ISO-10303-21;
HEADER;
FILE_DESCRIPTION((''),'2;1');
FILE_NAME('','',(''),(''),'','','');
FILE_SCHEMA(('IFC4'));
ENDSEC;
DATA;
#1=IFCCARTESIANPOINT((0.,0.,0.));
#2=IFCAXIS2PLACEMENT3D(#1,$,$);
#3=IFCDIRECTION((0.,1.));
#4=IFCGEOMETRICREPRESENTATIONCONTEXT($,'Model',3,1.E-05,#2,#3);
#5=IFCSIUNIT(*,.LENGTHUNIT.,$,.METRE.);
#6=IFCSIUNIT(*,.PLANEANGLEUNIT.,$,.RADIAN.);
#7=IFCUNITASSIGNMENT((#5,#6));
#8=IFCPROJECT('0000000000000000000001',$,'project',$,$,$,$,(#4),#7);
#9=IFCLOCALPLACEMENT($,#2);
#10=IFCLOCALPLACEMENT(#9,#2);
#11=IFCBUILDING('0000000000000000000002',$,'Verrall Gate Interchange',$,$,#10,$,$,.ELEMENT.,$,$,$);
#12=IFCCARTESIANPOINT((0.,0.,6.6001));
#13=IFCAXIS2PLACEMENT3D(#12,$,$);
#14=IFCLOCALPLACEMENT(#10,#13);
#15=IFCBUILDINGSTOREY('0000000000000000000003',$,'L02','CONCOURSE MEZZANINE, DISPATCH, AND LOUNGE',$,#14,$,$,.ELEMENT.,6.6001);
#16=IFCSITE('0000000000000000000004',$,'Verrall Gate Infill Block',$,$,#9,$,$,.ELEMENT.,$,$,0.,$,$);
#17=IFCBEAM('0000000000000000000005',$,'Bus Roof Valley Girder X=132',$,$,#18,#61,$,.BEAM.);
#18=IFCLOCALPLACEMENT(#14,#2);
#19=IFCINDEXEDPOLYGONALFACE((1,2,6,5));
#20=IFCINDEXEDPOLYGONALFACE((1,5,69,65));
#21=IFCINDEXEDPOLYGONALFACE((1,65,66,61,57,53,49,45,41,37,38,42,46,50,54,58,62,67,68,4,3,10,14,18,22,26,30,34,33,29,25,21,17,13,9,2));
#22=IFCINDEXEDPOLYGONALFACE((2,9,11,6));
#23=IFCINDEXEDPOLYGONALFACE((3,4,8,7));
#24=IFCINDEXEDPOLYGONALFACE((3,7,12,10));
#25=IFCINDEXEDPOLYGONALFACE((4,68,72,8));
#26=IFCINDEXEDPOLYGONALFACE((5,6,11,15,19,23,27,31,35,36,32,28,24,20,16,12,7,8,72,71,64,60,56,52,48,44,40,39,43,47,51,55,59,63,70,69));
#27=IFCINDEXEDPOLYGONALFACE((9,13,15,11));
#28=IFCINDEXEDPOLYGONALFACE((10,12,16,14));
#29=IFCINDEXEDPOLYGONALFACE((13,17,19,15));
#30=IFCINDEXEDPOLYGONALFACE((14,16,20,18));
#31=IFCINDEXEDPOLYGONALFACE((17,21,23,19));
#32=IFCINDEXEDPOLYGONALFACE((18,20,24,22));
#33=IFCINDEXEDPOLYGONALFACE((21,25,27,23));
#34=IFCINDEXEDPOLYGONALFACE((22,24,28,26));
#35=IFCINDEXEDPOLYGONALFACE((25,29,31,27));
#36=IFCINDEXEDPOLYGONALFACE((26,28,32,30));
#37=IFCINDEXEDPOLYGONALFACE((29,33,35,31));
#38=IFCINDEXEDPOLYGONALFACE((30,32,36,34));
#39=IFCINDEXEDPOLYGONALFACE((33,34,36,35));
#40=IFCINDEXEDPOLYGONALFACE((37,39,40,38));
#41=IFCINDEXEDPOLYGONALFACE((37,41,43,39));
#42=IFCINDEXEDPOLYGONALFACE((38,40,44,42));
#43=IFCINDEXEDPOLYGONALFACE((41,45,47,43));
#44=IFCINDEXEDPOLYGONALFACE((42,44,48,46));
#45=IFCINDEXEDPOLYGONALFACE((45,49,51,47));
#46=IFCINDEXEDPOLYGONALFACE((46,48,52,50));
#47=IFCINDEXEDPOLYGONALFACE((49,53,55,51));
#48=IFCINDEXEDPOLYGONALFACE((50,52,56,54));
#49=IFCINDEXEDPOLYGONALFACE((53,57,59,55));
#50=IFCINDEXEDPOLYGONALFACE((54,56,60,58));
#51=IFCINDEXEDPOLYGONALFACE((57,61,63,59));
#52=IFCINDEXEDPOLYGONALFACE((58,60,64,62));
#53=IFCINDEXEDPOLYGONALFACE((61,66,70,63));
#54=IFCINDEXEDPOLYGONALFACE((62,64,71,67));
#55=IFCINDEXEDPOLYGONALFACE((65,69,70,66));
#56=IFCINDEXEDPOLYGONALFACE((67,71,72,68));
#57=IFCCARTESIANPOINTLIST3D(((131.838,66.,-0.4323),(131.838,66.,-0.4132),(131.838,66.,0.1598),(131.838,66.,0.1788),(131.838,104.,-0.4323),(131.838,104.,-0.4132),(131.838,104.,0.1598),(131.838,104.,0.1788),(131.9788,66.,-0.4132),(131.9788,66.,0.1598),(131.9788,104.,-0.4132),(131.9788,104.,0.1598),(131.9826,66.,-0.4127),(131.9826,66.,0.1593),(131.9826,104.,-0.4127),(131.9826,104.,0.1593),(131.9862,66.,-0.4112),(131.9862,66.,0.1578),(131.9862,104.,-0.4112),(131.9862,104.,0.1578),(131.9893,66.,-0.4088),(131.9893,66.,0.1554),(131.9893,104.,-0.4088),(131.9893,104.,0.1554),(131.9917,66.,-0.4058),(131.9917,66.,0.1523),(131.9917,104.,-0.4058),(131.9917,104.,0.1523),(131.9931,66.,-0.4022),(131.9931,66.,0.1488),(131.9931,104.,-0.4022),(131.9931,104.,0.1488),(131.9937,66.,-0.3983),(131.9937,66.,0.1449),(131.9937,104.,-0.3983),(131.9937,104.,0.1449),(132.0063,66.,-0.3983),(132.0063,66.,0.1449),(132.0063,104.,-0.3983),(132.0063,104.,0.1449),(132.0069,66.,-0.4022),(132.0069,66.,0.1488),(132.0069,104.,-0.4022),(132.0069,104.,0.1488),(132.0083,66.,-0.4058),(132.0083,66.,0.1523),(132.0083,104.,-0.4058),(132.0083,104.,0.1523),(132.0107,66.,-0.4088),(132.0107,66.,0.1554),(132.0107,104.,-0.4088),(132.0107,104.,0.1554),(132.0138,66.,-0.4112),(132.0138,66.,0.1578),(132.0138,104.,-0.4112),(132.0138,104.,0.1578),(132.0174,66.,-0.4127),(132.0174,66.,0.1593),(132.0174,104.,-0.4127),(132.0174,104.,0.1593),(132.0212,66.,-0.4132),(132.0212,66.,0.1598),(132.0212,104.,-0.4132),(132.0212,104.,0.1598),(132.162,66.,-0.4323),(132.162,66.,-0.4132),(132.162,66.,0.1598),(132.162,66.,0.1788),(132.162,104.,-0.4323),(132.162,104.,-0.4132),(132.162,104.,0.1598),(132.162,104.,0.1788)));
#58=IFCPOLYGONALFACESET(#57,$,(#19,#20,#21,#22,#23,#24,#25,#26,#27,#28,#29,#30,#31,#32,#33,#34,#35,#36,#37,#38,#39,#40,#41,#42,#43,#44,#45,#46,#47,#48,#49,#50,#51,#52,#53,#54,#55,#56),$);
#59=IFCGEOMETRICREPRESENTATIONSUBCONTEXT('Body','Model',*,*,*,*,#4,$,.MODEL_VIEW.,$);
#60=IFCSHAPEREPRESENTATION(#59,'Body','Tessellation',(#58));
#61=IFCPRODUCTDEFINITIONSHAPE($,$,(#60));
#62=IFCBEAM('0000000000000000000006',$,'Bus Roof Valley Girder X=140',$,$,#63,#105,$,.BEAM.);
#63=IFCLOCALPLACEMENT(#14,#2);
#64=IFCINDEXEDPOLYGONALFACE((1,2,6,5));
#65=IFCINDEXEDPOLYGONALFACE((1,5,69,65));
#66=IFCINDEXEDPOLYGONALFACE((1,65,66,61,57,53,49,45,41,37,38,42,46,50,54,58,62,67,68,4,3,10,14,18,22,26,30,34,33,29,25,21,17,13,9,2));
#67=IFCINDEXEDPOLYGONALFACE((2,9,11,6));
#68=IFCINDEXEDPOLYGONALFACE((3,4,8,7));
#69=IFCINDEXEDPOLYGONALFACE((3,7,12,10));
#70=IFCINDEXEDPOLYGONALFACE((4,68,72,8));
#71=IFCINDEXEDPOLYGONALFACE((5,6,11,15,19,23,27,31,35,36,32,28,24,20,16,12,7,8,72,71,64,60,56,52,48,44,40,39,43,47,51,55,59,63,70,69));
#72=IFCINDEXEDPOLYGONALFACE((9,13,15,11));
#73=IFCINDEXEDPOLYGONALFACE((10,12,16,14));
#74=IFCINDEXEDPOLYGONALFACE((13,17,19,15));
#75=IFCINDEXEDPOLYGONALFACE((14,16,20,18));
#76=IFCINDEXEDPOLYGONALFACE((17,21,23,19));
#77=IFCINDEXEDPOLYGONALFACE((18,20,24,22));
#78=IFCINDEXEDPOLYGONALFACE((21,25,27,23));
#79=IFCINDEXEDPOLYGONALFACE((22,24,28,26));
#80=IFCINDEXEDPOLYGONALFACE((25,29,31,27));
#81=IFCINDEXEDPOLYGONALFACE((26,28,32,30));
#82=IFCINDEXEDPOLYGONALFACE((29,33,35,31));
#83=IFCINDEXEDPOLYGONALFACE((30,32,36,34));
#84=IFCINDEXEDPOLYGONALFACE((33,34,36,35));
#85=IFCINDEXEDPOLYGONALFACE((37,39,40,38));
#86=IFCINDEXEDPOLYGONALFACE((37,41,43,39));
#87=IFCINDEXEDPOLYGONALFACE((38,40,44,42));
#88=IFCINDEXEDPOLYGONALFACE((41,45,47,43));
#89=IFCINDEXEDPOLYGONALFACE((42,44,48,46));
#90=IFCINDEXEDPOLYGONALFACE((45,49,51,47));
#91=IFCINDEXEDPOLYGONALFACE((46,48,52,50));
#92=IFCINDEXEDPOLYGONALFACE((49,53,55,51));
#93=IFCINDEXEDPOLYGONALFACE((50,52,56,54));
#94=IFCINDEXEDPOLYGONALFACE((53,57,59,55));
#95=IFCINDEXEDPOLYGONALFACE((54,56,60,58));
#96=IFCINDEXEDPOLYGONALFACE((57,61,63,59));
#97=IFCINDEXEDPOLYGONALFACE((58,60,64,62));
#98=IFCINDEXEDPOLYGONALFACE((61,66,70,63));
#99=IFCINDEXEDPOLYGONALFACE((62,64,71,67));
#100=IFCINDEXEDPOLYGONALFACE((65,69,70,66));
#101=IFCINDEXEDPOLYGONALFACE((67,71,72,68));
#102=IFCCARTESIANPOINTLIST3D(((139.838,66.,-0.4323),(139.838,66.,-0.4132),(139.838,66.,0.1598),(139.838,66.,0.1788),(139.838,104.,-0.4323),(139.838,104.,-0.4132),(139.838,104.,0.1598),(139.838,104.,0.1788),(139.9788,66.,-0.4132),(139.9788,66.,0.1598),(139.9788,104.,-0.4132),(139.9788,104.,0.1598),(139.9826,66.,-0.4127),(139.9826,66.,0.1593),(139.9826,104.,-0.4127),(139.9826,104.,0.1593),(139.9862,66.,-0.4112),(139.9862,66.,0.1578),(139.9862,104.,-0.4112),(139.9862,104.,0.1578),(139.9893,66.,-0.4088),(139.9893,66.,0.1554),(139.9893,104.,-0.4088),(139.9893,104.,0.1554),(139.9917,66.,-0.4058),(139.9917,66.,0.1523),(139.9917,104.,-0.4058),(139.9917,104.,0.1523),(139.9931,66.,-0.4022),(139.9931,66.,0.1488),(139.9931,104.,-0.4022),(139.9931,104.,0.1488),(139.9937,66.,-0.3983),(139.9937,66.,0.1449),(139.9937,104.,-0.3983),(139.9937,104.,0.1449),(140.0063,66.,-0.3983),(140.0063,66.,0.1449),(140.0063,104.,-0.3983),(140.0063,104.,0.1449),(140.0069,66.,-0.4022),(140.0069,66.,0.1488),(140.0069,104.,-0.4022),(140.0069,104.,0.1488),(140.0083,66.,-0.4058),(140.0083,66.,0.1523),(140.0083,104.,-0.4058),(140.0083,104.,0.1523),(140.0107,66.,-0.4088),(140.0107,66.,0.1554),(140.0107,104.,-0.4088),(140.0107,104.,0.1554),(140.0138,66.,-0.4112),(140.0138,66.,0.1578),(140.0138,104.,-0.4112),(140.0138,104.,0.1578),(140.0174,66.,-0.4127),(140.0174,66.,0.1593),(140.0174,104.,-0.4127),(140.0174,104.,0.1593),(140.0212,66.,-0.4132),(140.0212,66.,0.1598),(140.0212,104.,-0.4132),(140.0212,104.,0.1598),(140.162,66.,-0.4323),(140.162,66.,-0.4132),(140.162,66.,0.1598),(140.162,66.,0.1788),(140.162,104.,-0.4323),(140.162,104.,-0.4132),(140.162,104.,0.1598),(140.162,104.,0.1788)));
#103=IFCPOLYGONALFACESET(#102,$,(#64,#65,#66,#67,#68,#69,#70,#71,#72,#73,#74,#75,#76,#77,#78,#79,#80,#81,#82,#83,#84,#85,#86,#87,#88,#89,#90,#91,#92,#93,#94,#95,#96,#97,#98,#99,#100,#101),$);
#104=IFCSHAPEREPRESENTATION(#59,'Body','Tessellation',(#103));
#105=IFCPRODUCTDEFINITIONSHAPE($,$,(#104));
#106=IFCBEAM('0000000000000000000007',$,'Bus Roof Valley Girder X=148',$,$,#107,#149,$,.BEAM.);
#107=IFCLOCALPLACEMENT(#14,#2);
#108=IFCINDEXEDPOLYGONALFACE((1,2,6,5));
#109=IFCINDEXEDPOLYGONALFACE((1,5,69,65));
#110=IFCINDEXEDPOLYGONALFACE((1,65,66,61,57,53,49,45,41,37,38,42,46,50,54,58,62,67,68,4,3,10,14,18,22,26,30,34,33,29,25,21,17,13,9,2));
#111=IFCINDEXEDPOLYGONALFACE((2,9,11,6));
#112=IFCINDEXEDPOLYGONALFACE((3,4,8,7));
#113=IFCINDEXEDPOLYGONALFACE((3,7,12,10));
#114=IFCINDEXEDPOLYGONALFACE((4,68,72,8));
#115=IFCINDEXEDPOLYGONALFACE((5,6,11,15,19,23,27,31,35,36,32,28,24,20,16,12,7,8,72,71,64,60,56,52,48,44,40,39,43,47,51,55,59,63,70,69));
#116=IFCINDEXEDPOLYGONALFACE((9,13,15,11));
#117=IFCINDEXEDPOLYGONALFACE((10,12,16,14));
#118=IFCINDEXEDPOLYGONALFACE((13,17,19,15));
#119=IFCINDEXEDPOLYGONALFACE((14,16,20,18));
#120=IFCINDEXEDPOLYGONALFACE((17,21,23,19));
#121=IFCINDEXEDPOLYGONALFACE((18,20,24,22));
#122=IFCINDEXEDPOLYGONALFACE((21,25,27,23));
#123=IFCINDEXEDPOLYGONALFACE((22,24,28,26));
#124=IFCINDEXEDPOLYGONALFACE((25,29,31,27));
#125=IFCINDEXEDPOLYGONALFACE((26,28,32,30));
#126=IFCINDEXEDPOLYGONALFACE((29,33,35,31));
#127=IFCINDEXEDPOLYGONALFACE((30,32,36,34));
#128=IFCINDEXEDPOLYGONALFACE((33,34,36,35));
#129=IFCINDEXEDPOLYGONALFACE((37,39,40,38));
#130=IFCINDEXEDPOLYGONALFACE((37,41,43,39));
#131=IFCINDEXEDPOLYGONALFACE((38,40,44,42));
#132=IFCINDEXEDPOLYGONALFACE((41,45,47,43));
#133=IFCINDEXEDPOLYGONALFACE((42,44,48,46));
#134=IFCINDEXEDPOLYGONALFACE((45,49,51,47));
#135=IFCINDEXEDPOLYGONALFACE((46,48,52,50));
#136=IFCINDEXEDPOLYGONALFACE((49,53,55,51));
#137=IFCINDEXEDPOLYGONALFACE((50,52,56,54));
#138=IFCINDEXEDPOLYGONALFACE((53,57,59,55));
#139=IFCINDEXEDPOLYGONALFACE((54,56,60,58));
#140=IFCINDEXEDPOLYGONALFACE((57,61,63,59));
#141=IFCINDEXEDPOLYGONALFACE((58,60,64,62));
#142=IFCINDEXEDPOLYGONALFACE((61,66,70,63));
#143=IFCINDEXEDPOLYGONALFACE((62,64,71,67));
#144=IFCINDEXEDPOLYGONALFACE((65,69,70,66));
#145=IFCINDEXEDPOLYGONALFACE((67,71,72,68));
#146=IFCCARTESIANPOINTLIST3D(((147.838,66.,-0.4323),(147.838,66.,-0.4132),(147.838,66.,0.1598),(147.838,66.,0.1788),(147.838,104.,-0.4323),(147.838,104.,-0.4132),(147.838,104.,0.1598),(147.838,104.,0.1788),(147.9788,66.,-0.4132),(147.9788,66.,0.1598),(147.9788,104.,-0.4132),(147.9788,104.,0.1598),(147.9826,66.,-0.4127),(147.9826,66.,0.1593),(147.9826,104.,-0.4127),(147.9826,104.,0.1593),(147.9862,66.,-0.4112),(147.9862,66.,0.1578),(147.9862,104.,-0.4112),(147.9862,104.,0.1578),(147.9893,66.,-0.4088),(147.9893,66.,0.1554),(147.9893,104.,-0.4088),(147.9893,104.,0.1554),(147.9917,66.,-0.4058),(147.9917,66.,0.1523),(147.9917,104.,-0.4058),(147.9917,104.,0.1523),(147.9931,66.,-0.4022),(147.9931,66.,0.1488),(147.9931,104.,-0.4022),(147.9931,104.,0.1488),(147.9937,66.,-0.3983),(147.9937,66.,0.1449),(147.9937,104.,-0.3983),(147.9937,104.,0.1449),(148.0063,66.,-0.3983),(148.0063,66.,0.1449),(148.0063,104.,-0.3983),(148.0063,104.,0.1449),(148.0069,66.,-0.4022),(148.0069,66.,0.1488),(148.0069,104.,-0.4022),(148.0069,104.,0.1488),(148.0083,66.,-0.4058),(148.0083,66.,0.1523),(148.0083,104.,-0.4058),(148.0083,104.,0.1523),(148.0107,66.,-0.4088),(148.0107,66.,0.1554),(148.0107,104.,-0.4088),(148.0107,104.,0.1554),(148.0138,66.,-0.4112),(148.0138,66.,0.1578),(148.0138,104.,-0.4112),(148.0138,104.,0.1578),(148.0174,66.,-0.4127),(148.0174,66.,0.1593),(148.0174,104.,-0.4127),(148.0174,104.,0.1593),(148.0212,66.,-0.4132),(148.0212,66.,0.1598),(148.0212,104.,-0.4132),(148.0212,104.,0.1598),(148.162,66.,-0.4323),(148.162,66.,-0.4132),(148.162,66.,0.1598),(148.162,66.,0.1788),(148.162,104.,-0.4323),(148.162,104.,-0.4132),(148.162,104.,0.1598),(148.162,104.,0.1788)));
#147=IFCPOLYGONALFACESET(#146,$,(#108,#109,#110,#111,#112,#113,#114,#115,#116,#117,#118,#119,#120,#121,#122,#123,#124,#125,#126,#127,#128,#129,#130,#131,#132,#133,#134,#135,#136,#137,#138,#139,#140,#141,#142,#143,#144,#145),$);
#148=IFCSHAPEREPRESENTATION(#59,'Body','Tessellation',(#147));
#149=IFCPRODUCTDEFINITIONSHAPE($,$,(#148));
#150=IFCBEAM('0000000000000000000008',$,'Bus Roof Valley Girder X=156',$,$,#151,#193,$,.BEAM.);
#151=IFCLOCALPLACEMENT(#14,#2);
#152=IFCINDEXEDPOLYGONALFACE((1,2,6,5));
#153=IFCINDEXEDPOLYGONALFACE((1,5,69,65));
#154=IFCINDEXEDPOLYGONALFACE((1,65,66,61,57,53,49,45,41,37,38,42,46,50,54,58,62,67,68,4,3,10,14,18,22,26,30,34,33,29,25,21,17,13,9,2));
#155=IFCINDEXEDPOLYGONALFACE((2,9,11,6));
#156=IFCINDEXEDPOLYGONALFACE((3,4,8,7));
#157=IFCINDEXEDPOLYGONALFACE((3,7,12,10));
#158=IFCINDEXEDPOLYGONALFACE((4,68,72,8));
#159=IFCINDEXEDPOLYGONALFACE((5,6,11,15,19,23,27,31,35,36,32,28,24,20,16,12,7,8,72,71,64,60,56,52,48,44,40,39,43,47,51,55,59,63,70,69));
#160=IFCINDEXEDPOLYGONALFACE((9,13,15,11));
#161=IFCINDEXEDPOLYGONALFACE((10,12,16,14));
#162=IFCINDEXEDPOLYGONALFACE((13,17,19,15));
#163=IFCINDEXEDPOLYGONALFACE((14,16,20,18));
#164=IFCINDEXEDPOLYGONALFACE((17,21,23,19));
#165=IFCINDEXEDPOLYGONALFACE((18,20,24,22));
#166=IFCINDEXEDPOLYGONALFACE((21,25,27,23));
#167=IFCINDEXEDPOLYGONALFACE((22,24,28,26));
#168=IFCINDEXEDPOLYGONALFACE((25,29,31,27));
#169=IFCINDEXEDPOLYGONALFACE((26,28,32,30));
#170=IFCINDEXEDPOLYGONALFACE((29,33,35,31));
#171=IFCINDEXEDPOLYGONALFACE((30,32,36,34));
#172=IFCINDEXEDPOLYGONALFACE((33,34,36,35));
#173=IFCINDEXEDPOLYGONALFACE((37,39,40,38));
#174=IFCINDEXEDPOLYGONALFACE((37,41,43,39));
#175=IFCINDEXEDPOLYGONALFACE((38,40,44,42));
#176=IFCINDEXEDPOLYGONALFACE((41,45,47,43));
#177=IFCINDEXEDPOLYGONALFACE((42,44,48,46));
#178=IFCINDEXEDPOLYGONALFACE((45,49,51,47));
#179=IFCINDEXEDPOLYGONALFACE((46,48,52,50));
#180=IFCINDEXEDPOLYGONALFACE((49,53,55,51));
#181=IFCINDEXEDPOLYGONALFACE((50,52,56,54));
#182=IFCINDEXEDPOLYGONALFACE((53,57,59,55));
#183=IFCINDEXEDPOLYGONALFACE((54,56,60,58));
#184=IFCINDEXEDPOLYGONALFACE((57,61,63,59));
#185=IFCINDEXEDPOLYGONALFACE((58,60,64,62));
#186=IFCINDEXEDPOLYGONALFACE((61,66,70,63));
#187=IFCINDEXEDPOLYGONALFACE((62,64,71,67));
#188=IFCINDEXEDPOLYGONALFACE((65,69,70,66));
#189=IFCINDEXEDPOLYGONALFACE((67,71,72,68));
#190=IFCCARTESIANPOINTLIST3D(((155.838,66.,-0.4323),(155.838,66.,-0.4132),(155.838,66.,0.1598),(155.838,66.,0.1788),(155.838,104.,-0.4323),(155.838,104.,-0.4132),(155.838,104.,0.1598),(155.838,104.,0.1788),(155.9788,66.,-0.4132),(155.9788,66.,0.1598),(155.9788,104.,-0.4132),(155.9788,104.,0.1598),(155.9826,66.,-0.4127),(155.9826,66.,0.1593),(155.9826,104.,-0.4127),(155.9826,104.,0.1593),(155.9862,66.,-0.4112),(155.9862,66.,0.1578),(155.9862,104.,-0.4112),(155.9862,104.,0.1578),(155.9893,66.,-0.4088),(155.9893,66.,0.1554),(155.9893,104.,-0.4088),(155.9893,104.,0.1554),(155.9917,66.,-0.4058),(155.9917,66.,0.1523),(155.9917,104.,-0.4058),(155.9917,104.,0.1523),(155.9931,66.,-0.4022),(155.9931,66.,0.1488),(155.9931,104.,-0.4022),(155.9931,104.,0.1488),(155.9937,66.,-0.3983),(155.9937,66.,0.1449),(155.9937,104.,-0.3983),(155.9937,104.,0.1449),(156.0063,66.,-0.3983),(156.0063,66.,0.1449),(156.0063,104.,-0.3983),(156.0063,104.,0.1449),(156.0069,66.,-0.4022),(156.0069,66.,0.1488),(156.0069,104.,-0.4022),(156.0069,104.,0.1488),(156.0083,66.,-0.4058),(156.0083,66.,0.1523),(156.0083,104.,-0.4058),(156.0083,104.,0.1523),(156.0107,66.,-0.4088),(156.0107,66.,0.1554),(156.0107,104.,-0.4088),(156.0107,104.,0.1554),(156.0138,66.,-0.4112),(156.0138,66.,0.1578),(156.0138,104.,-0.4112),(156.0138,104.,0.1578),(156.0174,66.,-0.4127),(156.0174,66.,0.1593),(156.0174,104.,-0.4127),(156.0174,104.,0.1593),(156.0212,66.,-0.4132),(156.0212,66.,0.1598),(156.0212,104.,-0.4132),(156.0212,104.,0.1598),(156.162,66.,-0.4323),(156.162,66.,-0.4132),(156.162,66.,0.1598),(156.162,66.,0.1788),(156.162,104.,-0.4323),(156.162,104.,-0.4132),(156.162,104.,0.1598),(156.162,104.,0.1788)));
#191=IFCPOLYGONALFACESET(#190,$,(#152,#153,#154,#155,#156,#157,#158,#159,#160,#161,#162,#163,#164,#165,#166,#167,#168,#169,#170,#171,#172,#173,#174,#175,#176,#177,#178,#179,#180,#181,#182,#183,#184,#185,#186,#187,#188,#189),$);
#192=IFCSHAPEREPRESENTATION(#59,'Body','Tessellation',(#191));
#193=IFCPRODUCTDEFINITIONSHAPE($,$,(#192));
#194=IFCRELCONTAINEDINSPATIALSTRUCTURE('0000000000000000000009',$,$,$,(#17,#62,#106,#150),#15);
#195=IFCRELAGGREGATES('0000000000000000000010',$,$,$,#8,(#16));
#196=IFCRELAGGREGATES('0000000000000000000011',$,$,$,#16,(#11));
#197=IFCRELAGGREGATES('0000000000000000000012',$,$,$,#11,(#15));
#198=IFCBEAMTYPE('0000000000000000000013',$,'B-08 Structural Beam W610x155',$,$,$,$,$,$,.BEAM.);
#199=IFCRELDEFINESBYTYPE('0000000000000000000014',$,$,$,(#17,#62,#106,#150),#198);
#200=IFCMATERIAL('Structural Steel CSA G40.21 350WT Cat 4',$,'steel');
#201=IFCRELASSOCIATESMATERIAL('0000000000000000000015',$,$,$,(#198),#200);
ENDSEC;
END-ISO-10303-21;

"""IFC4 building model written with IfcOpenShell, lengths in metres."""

from ifc_helpers import new_model, si_unit, direction, frame, origin, origin_2d, place, context, subcontext, project, spatial, i_section, extrude, material, material_profile, profile_set, type_object, element, save


model = new_model("IFC4")

# Units and contexts
model_context = context("Model", 3, precision=1e-05, world=origin(), true_north=direction((0.0, 1.0)))
body_context = subcontext(model_context, "Body", "Model", "MODEL_VIEW")
ifc_project = project(units=[si_unit("LENGTHUNIT", "METRE"), si_unit("PLANEANGLEUNIT", "RADIAN")], contexts=[model_context])

# Site, building, storey
site_placement = place(None, origin())
site = spatial("IfcSite", under=ifc_project, at=site_placement, Name="Verrall Gate Infill Block", CompositionType="ELEMENT", RefElevation=0.0)
building_placement = place(site_placement, origin())
building = spatial("IfcBuilding", under=site, at=building_placement, Name="Verrall Gate Interchange", CompositionType="ELEMENT")
storey_placement = place(building_placement, frame((0.0, 0.0, 6.6001)))
storey = spatial("IfcBuildingStorey", under=building, at=storey_placement, Name="L02", Description="CONCOURSE MEZZANINE, DISPATCH, AND LOUNGE", CompositionType="ELEMENT", Elevation=6.6001)

# Beams
ifc_material_1 = material(Name="Structural Steel CSA G40.21 350WT Cat 4", Category="steel")
ifc_material_profile_1 = material_profile(ifc_material_1, i_section(OverallWidth=0.324, OverallDepth=0.6111, WebThickness=0.0127, FlangeThickness=0.019, FilletRadius=0.0149, at=origin_2d()), Name="W610x155")
ifc_profile_set_1 = profile_set([ifc_material_profile_1], Name="Structural Steel CSA G40.21 350WT Cat 4")
beam_type_1 = type_object("IfcBeamType", Name="B-08 Structural Beam W610x155", PredefinedType="BEAM", material=ifc_profile_set_1)
for number, where, z_axis, x_axis, name in (
    (1, (132.0, 66.0, -0.1267), (0.0, 1.0, 0.0), (-1.0, 0.0, 0.0), "Bus Roof Valley Girder X=132"),
    (2, (140.0, 66.0, -0.1267), (0.0, 1.0, 0.0), (-1.0, 0.0, 0.0), "Bus Roof Valley Girder X=140"),
    (3, (148.0, 66.0, -0.1267), (0.0, 1.0, 0.0), (-1.0, 0.0, 0.0), "Bus Roof Valley Girder X=148"),
    (4, (156.0, 66.0, -0.1267), (0.0, 1.0, 0.0), (-1.0, 0.0, 0.0), "Bus Roof Valley Girder X=156"),
):
    element("IfcBeam", number, at=place(storey_placement, frame(where, z_axis=z_axis, x_axis=x_axis)), inside=storey, type_object=beam_type_1, Name=name, PredefinedType="BEAM", context=body_context, shape_type="SweptSolid", body=[
        extrude(i_section(OverallWidth=0.324, OverallDepth=0.6111, WebThickness=0.0127, FlangeThickness=0.019, FilletRadius=0.0149, at=origin_2d()), origin(), (0.0, 0.0, 1.0), 38.0),
    ])

save(model, "model.ifc")
